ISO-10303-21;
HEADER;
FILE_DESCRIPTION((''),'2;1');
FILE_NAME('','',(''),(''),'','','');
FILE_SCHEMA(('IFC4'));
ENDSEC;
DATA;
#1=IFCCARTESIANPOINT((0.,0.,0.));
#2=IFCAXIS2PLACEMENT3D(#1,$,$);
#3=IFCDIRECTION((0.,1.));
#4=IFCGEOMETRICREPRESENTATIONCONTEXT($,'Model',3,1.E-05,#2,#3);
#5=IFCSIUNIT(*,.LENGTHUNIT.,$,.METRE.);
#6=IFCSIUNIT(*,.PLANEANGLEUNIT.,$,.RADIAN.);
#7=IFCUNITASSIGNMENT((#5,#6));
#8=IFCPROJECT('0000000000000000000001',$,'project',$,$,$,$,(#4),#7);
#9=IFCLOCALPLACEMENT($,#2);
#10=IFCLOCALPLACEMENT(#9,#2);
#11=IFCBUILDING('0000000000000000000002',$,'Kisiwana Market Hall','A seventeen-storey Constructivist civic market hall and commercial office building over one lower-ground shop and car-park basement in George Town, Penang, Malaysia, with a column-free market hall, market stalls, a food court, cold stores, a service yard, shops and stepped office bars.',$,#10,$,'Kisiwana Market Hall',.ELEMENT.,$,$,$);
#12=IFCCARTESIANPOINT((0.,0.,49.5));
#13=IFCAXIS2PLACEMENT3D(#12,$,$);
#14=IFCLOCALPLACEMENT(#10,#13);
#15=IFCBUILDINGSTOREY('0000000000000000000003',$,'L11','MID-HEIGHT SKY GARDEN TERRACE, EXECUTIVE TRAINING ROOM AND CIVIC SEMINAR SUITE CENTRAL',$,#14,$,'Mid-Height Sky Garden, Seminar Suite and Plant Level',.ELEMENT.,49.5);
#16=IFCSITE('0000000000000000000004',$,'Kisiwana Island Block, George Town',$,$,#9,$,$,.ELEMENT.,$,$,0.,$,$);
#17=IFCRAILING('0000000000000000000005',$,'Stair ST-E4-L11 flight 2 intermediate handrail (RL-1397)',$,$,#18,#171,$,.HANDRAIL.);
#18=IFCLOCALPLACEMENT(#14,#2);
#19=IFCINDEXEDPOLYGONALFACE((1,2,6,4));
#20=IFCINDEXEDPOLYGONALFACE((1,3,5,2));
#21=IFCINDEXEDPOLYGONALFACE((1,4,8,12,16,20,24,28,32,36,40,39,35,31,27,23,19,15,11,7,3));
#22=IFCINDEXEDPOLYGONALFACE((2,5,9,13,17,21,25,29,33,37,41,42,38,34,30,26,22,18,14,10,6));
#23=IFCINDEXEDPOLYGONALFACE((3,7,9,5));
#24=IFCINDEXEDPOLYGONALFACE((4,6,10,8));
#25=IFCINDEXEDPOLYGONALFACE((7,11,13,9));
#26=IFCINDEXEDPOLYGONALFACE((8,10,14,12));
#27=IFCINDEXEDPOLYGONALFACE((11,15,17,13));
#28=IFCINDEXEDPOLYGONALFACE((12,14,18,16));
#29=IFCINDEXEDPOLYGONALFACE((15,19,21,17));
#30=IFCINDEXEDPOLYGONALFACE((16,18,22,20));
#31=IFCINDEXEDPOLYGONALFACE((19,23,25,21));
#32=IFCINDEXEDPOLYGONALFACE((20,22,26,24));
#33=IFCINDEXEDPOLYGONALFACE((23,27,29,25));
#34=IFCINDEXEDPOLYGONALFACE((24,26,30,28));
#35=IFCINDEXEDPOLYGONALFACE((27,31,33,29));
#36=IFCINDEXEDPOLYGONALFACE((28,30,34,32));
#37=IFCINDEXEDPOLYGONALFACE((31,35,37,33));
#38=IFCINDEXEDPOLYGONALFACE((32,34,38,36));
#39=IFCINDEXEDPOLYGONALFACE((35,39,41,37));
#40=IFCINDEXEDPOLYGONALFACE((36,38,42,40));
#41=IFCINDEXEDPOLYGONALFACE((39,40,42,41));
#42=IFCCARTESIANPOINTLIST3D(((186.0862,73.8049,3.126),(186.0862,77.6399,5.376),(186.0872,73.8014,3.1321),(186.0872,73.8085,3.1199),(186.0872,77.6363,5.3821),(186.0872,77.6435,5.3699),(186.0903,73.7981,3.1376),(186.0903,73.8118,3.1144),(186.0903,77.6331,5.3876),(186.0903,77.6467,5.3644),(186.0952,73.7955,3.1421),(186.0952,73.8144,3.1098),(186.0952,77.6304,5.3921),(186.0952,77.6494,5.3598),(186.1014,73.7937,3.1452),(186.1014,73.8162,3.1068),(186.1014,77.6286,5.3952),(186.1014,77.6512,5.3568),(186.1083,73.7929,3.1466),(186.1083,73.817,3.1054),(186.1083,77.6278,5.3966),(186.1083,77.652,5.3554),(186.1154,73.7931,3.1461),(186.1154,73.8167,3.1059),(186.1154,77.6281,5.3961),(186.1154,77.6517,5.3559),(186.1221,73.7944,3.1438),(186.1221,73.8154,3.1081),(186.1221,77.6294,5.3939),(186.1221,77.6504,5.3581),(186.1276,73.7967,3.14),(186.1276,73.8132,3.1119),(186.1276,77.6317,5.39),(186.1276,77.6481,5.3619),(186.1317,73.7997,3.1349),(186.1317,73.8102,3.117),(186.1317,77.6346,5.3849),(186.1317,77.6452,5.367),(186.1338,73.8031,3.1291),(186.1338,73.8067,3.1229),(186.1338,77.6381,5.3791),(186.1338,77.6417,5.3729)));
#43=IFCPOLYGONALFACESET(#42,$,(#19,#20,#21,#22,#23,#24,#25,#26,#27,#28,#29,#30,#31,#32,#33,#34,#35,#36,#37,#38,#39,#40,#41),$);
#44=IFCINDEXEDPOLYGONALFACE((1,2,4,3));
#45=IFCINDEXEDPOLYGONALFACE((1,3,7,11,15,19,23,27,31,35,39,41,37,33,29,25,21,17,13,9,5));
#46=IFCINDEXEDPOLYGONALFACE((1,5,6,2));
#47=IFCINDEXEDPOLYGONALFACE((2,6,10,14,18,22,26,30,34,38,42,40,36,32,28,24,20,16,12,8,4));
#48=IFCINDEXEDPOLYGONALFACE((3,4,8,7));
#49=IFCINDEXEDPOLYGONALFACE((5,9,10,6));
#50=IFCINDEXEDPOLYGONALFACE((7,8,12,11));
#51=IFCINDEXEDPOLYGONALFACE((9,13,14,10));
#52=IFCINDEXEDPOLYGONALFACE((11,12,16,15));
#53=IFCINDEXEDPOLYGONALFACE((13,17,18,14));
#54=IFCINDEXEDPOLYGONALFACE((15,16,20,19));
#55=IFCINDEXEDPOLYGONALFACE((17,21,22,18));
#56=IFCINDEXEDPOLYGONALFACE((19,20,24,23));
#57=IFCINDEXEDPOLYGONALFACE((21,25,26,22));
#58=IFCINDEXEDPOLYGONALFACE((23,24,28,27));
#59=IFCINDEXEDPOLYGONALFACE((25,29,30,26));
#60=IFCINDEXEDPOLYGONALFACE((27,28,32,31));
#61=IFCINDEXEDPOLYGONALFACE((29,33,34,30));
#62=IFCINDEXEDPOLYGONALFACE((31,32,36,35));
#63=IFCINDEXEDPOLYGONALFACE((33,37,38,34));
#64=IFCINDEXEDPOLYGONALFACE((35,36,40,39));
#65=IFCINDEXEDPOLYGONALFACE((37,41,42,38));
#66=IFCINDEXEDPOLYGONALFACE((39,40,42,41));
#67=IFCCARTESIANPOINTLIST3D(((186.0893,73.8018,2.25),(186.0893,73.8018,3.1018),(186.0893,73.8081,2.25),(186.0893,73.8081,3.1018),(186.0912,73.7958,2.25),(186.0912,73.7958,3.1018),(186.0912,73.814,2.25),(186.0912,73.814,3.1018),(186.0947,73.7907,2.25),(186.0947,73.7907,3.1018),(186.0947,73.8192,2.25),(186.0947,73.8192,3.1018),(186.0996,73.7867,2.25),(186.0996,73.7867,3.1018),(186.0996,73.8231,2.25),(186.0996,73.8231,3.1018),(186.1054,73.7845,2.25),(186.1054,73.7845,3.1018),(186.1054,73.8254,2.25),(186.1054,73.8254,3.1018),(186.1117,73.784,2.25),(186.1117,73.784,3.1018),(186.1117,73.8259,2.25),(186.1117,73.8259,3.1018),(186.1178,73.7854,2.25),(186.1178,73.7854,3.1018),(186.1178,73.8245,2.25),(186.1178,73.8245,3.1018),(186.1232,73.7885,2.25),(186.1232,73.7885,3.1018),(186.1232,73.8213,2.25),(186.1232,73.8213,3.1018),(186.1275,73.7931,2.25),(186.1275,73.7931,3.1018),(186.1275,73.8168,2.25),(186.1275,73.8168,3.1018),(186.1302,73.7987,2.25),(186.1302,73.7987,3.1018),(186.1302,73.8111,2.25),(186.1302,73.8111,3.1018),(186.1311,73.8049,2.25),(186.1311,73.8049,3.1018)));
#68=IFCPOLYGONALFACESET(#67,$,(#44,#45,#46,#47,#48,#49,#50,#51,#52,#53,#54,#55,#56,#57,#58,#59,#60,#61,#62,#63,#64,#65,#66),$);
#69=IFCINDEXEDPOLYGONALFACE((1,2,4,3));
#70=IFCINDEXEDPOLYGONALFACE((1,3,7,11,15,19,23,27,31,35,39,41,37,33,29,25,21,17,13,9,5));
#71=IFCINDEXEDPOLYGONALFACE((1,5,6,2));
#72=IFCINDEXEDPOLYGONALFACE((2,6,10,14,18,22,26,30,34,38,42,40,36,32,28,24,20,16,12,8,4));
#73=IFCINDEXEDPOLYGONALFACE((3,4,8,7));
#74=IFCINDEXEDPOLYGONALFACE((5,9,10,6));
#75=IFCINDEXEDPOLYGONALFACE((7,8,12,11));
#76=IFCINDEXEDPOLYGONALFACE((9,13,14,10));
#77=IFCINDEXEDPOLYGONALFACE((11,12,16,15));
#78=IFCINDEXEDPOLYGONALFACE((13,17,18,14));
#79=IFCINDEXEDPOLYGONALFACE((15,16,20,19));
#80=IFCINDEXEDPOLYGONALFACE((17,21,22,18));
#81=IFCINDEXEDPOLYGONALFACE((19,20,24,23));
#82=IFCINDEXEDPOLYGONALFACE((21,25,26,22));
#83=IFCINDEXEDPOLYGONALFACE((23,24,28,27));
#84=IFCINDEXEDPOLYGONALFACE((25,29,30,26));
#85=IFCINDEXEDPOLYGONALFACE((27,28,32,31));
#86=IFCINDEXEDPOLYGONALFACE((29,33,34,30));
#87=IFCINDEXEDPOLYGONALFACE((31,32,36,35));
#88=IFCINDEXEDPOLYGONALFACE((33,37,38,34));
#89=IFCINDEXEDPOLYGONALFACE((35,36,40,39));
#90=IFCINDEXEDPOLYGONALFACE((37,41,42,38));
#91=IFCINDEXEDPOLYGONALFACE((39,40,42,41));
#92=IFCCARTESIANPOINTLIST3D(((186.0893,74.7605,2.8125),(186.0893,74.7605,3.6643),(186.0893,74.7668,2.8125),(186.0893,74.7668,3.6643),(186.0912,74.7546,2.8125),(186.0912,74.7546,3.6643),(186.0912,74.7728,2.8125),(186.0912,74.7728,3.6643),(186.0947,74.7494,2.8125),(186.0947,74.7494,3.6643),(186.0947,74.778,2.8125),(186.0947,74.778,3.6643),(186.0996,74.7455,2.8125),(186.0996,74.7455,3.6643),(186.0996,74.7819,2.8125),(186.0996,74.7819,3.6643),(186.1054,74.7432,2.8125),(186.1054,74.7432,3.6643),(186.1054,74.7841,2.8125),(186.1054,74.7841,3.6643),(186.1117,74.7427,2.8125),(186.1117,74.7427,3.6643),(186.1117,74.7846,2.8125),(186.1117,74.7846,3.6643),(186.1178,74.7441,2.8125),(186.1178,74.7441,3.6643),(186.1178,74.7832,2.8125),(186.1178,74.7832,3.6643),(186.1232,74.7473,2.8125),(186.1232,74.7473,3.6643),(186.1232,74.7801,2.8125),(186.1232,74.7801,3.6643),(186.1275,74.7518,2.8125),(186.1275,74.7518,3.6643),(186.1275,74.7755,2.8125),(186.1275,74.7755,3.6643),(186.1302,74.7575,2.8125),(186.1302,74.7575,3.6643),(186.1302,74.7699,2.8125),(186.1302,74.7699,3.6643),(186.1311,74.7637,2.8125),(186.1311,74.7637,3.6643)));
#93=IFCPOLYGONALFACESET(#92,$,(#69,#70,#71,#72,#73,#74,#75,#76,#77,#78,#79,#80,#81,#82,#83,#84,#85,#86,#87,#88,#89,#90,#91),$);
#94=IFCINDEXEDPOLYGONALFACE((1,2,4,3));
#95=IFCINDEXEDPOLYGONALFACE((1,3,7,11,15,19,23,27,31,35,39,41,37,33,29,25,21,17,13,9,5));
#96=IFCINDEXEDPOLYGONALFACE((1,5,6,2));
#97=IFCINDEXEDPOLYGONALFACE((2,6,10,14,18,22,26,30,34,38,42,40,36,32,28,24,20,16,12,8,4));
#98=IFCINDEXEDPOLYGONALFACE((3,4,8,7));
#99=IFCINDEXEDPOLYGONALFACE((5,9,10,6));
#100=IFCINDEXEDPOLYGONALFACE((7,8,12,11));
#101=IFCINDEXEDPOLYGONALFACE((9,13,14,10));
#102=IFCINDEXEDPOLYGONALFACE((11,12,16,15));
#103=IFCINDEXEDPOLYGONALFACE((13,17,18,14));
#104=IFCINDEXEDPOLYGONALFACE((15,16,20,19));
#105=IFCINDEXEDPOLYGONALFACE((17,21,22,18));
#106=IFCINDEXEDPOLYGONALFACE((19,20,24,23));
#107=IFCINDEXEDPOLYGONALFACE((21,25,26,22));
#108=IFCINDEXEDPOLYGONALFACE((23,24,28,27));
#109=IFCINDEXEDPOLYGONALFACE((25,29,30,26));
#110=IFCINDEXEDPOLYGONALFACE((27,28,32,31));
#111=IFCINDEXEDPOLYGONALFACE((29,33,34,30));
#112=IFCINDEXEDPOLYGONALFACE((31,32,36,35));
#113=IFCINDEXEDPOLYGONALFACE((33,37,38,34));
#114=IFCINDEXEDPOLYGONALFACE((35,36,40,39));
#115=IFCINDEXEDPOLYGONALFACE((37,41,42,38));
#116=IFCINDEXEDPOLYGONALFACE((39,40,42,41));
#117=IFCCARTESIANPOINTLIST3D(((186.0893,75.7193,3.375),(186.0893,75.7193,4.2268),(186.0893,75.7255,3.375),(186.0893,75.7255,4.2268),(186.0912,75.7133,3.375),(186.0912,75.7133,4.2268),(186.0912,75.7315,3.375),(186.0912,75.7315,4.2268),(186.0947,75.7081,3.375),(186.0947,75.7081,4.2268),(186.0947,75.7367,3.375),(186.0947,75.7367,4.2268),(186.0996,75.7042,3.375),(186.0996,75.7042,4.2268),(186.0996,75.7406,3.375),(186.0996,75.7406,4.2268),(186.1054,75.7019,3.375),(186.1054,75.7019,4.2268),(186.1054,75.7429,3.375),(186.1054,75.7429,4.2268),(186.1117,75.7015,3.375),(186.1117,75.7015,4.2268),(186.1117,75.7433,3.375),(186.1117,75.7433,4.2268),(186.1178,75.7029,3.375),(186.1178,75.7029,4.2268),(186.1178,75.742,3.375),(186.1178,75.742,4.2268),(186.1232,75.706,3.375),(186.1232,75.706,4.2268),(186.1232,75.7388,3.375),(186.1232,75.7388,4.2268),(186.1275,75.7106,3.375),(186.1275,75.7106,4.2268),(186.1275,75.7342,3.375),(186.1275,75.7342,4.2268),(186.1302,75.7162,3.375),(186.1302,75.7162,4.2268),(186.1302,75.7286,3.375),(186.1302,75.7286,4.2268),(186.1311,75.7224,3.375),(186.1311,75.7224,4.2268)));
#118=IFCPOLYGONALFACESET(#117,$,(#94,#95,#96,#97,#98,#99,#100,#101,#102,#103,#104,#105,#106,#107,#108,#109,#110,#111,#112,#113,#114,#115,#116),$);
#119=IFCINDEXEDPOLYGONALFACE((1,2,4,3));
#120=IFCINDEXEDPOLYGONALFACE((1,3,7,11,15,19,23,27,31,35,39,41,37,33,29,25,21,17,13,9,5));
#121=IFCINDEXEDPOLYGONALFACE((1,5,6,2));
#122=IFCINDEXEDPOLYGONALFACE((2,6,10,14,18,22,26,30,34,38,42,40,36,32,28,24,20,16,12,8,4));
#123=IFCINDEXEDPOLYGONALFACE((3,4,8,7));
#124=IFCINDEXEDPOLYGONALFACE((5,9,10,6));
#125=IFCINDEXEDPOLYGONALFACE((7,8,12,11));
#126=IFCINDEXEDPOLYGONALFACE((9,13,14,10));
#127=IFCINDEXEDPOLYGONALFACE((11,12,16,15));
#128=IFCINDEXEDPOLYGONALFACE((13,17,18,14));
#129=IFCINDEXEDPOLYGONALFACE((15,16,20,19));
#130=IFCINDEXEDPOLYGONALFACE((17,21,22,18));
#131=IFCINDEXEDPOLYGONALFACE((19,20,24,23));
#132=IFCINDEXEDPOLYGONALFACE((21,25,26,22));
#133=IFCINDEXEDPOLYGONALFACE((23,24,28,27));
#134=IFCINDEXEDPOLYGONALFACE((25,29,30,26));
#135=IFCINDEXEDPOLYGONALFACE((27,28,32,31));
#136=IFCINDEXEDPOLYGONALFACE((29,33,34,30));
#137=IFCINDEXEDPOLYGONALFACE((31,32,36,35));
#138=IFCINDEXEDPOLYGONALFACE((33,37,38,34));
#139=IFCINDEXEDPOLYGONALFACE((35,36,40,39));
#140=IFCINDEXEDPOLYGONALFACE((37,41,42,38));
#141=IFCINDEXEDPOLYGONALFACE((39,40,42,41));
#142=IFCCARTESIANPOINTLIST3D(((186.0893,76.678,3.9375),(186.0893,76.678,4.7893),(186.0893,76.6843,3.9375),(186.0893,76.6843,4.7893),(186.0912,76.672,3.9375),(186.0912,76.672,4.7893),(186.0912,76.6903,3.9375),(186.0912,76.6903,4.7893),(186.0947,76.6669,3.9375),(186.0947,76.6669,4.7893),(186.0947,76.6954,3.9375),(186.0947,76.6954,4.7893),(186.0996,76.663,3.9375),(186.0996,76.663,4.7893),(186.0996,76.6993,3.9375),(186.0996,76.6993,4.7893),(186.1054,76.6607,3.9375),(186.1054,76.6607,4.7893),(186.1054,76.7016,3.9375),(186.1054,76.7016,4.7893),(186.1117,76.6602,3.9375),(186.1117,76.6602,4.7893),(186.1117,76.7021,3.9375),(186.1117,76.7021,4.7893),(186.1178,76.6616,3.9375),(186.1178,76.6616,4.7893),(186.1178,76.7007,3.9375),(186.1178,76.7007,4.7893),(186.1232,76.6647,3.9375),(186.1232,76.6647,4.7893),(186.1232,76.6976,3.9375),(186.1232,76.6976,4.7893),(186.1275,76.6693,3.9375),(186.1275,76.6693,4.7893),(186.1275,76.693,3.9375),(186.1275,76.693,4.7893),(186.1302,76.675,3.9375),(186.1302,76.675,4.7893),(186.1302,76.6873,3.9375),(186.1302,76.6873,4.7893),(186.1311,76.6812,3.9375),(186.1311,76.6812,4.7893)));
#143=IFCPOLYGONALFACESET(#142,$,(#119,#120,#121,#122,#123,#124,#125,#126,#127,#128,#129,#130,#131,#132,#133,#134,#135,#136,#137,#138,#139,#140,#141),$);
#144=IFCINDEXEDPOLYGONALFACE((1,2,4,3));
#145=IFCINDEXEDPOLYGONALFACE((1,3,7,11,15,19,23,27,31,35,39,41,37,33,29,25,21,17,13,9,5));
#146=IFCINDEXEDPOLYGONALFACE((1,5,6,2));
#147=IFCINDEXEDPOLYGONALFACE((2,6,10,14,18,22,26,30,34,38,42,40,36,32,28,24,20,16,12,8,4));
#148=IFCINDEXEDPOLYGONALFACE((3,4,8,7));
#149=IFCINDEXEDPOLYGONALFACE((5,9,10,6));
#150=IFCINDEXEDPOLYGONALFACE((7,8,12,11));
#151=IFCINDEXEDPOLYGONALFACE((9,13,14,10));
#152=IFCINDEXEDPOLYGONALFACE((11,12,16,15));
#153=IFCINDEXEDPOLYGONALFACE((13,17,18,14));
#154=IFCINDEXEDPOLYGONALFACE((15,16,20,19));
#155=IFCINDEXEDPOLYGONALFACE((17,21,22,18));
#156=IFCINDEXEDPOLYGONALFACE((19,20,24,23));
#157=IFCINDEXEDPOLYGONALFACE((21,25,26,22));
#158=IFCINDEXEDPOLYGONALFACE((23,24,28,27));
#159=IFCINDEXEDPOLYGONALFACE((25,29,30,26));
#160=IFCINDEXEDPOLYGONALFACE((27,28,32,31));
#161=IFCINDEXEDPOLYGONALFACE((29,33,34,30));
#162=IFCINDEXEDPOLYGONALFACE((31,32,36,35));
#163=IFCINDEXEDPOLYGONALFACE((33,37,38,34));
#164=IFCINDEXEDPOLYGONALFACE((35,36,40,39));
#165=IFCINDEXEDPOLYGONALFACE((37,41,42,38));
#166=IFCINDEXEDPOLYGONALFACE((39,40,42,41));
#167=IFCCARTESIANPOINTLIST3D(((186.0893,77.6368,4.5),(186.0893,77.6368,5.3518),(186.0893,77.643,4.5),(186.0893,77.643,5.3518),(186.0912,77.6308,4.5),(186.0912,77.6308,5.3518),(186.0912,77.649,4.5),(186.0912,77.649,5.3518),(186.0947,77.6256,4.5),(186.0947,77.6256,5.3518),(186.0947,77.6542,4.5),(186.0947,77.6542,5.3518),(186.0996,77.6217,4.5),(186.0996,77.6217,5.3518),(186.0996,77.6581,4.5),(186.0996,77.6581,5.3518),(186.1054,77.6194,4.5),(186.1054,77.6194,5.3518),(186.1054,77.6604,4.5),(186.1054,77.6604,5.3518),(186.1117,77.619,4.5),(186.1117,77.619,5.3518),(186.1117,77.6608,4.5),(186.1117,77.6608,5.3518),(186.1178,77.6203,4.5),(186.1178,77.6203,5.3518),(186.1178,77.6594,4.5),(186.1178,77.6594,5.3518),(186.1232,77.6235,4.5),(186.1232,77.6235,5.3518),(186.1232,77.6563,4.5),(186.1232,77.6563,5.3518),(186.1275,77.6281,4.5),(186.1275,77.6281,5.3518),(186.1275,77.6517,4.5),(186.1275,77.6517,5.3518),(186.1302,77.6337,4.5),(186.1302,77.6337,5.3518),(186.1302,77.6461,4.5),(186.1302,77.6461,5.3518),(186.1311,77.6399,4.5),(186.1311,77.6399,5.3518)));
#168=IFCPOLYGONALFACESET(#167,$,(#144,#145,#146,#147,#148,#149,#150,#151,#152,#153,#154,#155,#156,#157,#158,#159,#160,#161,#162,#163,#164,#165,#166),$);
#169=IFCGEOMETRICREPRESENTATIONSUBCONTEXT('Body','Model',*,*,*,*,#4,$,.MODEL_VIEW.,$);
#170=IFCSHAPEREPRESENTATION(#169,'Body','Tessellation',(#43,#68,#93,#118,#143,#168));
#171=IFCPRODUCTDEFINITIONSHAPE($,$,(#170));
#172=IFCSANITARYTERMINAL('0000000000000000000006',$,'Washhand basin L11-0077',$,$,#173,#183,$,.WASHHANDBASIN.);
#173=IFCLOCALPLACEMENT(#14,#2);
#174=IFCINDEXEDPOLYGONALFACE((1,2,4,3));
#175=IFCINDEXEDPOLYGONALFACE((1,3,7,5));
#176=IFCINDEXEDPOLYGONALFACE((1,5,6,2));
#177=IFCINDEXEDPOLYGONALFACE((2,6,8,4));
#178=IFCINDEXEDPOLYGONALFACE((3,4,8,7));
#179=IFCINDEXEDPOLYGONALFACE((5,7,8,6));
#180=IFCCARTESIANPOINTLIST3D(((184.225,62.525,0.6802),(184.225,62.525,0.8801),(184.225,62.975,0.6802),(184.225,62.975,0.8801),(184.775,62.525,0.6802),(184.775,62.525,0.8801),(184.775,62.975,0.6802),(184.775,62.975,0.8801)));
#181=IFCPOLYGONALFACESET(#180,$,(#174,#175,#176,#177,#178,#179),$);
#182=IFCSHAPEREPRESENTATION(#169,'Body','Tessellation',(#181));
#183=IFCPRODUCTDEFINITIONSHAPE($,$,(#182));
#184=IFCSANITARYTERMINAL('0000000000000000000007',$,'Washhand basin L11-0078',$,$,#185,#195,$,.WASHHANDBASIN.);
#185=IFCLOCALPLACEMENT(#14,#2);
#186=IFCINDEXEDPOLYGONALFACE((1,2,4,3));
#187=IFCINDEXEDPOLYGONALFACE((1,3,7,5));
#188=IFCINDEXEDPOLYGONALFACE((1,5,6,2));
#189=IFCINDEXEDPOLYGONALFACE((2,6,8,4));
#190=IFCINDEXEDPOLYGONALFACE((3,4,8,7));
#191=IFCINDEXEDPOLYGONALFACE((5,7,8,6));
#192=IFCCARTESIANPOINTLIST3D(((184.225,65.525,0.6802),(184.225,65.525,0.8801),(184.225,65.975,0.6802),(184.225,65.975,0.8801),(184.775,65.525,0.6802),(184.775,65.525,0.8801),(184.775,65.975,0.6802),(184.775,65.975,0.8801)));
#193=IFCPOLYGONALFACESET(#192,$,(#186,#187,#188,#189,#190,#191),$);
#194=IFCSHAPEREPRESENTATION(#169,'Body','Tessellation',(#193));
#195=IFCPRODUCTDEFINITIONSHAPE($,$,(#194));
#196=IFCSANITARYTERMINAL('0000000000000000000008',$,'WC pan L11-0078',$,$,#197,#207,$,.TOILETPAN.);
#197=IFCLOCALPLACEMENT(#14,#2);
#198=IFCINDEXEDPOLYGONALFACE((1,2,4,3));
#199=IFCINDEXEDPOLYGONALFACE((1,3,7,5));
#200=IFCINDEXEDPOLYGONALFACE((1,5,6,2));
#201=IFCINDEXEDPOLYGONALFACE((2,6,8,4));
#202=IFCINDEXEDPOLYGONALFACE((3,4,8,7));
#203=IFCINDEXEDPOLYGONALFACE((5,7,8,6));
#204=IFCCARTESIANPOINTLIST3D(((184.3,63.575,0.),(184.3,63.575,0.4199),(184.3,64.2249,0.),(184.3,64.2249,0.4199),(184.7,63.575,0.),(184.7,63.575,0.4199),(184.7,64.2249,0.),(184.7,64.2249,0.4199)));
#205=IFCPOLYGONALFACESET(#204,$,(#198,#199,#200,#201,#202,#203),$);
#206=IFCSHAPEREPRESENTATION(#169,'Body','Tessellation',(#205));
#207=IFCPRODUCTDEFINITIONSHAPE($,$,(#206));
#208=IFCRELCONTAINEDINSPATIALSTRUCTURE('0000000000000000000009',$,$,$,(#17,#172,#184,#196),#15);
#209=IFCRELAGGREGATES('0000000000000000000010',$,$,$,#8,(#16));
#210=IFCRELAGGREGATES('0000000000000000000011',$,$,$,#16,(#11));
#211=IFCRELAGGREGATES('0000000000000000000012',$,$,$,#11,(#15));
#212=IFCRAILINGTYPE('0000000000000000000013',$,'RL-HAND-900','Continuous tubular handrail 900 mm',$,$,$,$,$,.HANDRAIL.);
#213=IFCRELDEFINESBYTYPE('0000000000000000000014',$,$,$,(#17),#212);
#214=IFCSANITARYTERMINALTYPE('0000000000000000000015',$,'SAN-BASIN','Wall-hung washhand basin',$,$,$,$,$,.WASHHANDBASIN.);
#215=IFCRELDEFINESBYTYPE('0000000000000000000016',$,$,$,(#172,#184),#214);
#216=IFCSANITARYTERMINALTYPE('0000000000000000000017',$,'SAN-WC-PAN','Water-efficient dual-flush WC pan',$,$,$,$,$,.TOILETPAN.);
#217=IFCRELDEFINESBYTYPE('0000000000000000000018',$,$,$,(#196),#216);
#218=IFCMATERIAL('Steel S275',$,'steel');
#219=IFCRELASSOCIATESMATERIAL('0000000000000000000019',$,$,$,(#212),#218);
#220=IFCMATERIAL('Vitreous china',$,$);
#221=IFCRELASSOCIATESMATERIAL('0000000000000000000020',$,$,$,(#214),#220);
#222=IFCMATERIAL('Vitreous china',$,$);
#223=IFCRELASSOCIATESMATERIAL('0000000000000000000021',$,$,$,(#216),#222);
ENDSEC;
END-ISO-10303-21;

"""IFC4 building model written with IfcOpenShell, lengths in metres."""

from ifc_helpers import new_model, si_unit, direction, frame, origin, origin_2d, place, context, subcontext, project, spatial, rectangle, circle, extrude, material, type_object, element, save


model = new_model("IFC4")

# Units and contexts
model_context = context("Model", 3, precision=1e-05, world=origin(), true_north=direction((0.0, 1.0)))
body_context = subcontext(model_context, "Body", "Model", "MODEL_VIEW")
ifc_project = project(units=[si_unit("LENGTHUNIT", "METRE"), si_unit("PLANEANGLEUNIT", "RADIAN")], contexts=[model_context])

# Site, building, storey
site_placement = place(None, origin())
site = spatial("IfcSite", under=ifc_project, at=site_placement, Name="Kisiwana Island Block, George Town", CompositionType="ELEMENT", RefElevation=0.0)
building_placement = place(site_placement, origin())
building = spatial("IfcBuilding", under=site, at=building_placement, Name="Kisiwana Market Hall", Description="A seventeen-storey Constructivist civic market hall and commercial office building over one lower-ground shop and car-park basement in George Town, Penang, Malaysia, with a column-free market hall, market stalls, a food court, cold stores, a service yard, shops and stepped office bars.", LongName="Kisiwana Market Hall", CompositionType="ELEMENT")
storey_placement = place(building_placement, frame((0.0, 0.0, 49.5)))
storey = spatial("IfcBuildingStorey", under=building, at=storey_placement, Name="L11", Description="MID-HEIGHT SKY GARDEN TERRACE, EXECUTIVE TRAINING ROOM AND CIVIC SEMINAR SUITE CENTRAL", LongName="Mid-Height Sky Garden, Seminar Suite and Plant Level", CompositionType="ELEMENT", Elevation=49.5)

# Railing
ifc_material_1 = material(Name="Steel S275", Category="steel")
railing_type_1 = type_object("IfcRailingType", Name="RL-HAND-900", Description="Continuous tubular handrail 900 mm", PredefinedType="HANDRAIL", material=ifc_material_1)
railing_1_placement = place(storey_placement, frame((186.1101, 73.8049, 2.25)))
element("IfcRailing", 1, at=railing_1_placement, inside=storey, type_object=railing_type_1, Name="Stair ST-E4-L11 flight 2 intermediate handrail (RL-1397)", PredefinedType="HANDRAIL", context=body_context, shape_type="SweptSolid", body=[
    extrude(circle(Radius=0.0239, at=origin_2d()), frame((0.0, 0.0, 0.876), z_axis=(0.0, 0.86251, 0.506041), x_axis=(-1.0, 0.0, 0.0)), (0.0, 0.0, 1.0), 4.4463),
    extrude(circle(Radius=0.021, at=origin_2d()), origin(), (0.0, 0.0, 1.0), 0.8518),
    extrude(circle(Radius=0.021, at=origin_2d()), frame((0.0, 0.9587, 0.5625)), (0.0, 0.0, 1.0), 0.8518),
    extrude(circle(Radius=0.021, at=origin_2d()), frame((0.0, 1.9175, 1.125)), (0.0, 0.0, 1.0), 0.8518),
    extrude(circle(Radius=0.021, at=origin_2d()), frame((0.0, 2.8762, 1.6875)), (0.0, 0.0, 1.0), 0.8518),
    extrude(circle(Radius=0.021, at=origin_2d()), frame((0.0, 3.835, 2.25)), (0.0, 0.0, 1.0), 0.8518),
])

# Sanitary terminals
ifc_material_2 = material(Name="Vitreous china")
sanitary_terminal_type_1 = type_object("IfcSanitaryTerminalType", Name="SAN-BASIN", Description="Wall-hung washhand basin", PredefinedType="WASHHANDBASIN", material=ifc_material_2)
for number, where, z_axis, x_axis, name in (
    (2, (184.5, 62.75, 0.6802), (0.0, 0.0, 1.0), (1.0, 0.0, 0.0), "Washhand basin L11-0077"),
    (3, (184.5, 65.75, 0.6802), (0.0, 0.0, 1.0), (1.0, 0.0, 0.0), "Washhand basin L11-0078"),
):
    element("IfcSanitaryTerminal", number, at=place(storey_placement, frame(where, z_axis=z_axis, x_axis=x_axis)), inside=storey, type_object=sanitary_terminal_type_1, Name=name, PredefinedType="WASHHANDBASIN", context=body_context, shape_type="SweptSolid", body=[
        extrude(rectangle(XDim=0.55, YDim=0.45, at=origin_2d()), origin(), (0.0, 0.0, 1.0), 0.2),
    ])
ifc_material_3 = material(Name="Vitreous china")
sanitary_terminal_type_2 = type_object("IfcSanitaryTerminalType", Name="SAN-WC-PAN", Description="Water-efficient dual-flush WC pan", PredefinedType="TOILETPAN", material=ifc_material_3)
sanitary_terminal_placement = place(storey_placement, frame((184.5, 63.8999, 0.0), z_axis=(0.0, 0.0, 1.0), x_axis=(1.0, 0.0, 0.0)))
element("IfcSanitaryTerminal", 4, at=sanitary_terminal_placement, inside=storey, type_object=sanitary_terminal_type_2, Name="WC pan L11-0078", PredefinedType="TOILETPAN", context=body_context, shape_type="SweptSolid", body=[
    extrude(rectangle(XDim=0.3999, YDim=0.6499, at=origin_2d()), origin(), (0.0, 0.0, 1.0), 0.4199),
])

save(model, "model.ifc")
